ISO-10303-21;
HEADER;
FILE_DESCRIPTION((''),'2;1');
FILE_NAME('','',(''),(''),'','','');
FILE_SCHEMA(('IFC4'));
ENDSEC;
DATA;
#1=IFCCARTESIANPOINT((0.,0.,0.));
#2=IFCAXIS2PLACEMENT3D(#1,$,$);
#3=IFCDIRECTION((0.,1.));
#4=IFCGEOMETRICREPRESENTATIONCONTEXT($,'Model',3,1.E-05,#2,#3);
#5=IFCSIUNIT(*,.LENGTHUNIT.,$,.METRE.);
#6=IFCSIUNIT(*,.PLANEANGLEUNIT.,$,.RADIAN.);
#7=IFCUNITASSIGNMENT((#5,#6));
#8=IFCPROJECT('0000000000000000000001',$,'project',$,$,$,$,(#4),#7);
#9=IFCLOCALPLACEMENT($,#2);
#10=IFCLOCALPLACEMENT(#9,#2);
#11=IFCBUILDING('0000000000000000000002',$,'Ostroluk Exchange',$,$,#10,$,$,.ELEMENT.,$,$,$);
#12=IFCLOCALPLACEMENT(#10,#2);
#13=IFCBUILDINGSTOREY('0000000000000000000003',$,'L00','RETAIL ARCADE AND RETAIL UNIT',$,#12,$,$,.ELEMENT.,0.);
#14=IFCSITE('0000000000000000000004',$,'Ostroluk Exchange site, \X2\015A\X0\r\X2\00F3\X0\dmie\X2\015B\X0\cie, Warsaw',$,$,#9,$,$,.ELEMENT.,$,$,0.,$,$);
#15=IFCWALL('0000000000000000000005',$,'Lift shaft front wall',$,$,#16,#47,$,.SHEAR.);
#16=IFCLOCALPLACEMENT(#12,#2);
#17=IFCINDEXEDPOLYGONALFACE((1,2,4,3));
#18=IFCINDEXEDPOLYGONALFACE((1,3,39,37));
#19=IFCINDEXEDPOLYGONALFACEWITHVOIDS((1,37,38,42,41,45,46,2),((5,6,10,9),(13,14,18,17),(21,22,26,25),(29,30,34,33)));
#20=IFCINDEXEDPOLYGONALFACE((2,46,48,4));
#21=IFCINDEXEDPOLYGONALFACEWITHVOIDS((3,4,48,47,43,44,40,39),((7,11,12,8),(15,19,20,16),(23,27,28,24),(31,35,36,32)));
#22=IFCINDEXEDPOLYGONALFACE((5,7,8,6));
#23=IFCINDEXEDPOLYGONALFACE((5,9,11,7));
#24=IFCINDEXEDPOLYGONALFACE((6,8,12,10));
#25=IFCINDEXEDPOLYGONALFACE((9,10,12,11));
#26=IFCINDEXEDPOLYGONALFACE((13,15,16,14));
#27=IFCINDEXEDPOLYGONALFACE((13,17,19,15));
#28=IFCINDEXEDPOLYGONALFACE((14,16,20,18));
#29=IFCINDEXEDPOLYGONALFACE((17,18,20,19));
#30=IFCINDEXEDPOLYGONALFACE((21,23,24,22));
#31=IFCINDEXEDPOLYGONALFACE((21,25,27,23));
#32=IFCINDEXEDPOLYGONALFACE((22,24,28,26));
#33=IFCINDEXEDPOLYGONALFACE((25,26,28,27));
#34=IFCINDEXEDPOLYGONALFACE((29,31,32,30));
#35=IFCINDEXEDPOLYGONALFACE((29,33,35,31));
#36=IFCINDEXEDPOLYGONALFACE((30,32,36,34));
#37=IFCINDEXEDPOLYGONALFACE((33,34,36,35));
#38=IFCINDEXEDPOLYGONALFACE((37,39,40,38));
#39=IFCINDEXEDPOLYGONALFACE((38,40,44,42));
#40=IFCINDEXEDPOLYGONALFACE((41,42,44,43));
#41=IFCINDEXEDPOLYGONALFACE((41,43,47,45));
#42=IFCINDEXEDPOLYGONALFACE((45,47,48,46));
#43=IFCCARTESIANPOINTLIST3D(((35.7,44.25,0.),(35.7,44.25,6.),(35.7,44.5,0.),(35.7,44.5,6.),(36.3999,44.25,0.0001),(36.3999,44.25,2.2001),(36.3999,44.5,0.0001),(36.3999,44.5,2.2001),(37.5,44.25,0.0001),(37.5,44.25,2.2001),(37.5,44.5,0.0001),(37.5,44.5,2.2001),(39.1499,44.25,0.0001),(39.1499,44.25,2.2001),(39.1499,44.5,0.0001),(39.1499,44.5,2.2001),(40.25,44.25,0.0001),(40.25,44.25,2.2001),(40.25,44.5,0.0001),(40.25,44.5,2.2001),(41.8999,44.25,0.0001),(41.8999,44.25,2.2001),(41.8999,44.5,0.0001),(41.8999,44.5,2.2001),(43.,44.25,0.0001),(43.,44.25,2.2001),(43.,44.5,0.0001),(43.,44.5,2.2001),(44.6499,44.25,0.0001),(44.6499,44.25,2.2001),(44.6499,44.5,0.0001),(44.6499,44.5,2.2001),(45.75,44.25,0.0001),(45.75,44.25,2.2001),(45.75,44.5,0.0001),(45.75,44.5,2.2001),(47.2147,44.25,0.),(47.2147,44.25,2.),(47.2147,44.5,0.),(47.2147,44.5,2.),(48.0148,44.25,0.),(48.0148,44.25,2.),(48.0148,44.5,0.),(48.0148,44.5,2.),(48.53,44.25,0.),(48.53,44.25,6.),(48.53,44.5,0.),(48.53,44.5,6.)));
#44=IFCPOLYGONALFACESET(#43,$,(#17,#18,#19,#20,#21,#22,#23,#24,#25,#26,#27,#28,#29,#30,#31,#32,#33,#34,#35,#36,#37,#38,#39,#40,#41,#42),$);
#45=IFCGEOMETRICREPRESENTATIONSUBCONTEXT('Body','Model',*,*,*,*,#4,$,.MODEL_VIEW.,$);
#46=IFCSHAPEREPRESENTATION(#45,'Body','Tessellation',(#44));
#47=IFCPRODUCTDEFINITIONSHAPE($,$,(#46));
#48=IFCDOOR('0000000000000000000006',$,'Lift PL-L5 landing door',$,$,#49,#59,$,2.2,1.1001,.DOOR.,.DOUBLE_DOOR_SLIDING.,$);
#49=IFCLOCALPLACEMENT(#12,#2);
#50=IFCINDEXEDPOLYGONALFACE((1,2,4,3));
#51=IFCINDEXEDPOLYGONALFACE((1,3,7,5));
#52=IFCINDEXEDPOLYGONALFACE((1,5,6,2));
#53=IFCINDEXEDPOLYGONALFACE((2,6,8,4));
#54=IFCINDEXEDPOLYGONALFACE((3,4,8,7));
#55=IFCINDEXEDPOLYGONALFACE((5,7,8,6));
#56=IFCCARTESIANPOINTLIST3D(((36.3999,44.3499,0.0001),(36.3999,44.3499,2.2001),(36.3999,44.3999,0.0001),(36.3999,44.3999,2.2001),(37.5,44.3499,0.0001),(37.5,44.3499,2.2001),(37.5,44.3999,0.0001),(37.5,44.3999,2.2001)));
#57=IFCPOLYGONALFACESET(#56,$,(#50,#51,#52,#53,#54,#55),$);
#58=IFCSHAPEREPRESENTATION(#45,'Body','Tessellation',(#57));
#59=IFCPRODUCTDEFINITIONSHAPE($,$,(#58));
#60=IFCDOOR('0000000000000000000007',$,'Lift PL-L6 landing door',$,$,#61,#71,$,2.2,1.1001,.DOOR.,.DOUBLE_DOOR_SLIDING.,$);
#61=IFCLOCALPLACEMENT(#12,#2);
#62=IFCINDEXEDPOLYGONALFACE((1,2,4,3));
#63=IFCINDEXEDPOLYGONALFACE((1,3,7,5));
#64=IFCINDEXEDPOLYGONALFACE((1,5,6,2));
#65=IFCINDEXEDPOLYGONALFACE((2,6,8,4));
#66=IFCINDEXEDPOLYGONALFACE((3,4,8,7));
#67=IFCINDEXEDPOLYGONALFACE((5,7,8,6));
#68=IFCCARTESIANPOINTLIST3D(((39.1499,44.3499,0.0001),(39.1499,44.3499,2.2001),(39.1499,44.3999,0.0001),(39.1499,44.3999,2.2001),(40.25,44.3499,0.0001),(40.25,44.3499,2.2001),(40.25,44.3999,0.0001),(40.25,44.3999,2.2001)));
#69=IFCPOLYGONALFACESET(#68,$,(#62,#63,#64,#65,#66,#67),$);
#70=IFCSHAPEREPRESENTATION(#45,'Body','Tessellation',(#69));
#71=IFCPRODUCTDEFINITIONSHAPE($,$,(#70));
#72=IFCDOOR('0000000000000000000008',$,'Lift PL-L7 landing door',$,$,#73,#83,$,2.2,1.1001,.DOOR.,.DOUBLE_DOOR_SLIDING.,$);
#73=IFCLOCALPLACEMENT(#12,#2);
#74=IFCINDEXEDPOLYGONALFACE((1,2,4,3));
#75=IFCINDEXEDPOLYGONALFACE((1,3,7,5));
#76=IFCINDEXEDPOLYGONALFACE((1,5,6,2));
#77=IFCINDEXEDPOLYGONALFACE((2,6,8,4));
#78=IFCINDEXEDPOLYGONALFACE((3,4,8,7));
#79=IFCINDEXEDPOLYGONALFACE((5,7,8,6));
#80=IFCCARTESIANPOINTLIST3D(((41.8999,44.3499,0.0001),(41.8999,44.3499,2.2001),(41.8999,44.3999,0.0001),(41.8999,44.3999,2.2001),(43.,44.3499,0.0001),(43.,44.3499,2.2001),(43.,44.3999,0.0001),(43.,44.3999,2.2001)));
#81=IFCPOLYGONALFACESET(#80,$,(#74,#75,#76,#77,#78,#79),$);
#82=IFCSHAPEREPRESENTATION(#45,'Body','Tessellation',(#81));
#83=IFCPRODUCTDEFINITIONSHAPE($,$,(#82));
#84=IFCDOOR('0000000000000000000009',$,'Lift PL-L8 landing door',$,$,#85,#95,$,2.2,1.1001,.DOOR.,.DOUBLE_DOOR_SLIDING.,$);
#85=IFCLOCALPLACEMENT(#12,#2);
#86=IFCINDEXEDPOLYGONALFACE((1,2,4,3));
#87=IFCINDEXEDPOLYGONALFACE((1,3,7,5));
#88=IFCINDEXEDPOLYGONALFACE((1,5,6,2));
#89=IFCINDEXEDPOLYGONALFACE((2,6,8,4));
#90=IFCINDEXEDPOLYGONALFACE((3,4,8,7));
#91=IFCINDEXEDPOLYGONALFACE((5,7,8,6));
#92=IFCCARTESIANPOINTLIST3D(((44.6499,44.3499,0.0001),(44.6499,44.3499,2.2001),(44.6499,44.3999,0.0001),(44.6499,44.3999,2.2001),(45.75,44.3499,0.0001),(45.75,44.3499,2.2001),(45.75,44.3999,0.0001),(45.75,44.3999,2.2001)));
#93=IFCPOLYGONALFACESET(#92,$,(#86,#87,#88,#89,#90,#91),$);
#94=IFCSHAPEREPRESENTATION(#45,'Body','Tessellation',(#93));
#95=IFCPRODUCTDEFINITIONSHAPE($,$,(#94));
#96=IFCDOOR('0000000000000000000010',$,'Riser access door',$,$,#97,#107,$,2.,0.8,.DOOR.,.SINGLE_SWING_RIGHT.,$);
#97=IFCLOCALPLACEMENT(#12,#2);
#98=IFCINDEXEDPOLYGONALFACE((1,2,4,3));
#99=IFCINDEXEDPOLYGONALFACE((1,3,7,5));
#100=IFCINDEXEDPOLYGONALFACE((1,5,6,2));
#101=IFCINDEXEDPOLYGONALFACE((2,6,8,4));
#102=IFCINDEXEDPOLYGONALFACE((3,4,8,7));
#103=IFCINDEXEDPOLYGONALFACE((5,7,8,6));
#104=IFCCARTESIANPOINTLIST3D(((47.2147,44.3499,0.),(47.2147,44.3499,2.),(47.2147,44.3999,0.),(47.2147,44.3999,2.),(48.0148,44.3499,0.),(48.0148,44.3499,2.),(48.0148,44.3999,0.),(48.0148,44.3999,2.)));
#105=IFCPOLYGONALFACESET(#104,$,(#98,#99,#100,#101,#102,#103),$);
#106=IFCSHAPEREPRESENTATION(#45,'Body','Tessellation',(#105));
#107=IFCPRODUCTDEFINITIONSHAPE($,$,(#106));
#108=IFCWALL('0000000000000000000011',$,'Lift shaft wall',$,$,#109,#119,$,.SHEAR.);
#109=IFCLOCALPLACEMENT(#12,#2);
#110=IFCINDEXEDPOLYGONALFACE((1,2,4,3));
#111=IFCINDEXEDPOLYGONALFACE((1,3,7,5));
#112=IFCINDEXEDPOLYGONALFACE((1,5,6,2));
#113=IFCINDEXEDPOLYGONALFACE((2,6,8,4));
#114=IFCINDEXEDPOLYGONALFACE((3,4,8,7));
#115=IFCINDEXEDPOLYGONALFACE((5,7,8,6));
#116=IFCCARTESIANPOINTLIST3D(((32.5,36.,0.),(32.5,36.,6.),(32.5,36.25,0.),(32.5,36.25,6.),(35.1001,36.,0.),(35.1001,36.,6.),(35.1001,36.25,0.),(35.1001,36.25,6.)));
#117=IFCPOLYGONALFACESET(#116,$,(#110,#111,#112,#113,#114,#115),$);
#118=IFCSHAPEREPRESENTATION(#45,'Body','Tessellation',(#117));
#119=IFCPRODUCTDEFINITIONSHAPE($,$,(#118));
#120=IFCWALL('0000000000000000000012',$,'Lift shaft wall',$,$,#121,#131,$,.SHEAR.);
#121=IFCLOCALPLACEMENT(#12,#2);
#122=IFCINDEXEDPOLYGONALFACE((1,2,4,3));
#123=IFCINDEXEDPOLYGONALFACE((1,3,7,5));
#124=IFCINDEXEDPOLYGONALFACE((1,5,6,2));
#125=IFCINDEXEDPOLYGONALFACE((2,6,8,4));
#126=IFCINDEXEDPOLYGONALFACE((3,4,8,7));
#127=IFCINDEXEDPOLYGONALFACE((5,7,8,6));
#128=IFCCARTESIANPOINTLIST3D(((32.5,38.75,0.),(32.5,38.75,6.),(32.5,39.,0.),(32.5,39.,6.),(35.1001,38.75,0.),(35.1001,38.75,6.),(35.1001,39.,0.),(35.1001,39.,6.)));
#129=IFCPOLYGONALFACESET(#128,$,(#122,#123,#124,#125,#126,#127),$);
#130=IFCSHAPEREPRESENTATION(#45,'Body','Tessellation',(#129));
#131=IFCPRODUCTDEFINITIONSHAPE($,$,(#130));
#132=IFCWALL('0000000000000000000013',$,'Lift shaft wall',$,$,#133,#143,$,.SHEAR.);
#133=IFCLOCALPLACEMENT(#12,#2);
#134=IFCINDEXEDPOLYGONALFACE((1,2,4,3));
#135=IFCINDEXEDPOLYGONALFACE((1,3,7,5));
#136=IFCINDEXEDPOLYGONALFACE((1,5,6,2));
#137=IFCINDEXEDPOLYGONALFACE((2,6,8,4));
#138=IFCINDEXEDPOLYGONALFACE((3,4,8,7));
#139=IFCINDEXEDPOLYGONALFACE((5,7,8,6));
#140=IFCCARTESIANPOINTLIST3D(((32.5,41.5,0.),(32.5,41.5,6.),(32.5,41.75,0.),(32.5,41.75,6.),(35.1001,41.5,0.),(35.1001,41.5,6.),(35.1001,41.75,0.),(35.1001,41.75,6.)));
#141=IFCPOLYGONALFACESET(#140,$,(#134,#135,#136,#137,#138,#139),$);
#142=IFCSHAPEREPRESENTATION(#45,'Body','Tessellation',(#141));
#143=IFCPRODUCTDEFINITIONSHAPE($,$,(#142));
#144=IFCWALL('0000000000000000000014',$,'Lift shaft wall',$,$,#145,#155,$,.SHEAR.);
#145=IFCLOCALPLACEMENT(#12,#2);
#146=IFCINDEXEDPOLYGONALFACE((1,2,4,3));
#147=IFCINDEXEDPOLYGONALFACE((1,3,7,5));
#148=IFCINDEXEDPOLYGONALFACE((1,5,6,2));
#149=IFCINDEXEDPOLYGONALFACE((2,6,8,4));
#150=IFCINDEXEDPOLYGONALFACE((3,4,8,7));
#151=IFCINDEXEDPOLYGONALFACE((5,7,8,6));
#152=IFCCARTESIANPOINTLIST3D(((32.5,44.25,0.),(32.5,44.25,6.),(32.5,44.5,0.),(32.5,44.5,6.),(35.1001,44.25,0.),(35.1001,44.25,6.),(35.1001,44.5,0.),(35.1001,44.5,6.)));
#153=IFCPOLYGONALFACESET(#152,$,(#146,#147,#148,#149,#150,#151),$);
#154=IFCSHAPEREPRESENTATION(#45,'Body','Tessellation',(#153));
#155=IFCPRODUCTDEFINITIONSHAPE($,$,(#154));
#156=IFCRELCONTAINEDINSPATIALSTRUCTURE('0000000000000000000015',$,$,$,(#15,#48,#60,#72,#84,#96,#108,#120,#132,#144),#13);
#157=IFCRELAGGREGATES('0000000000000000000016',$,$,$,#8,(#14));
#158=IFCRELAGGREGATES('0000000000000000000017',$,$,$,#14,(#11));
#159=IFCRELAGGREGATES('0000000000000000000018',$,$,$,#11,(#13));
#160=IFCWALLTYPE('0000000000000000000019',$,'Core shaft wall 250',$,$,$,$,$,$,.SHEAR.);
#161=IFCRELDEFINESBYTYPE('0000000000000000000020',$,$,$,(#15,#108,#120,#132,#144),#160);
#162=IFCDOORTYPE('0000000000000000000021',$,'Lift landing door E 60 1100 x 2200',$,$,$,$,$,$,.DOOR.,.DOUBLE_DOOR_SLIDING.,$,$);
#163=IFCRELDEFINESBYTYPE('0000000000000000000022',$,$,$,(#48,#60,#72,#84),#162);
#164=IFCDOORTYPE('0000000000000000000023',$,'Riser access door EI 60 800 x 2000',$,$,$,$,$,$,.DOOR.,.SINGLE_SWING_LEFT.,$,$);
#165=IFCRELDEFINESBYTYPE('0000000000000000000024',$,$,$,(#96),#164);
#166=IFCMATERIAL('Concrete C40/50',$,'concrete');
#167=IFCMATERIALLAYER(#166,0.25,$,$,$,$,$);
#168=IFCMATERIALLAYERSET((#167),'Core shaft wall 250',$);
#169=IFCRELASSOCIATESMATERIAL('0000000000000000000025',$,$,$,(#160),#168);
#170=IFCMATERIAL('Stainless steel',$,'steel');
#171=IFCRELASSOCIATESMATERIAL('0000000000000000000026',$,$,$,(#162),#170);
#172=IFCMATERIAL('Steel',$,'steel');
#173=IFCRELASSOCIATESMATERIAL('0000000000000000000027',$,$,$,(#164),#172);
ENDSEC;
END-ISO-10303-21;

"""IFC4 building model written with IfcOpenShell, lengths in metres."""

from ifc_helpers import new_model, si_unit, direction, frame, frame_2d, origin, place, context, subcontext, project, spatial, rectangle, extrude, material, layer, layer_set, type_object, element, fill, save


model = new_model("IFC4")

# Units and contexts
model_context = context("Model", 3, precision=1e-05, world=origin(), true_north=direction((0.0, 1.0)))
body_context = subcontext(model_context, "Body", "Model", "MODEL_VIEW")
ifc_project = project(units=[si_unit("LENGTHUNIT", "METRE"), si_unit("PLANEANGLEUNIT", "RADIAN")], contexts=[model_context])

# Site, building, storey
site_placement = place(None, origin())
site = spatial("IfcSite", under=ifc_project, at=site_placement, Name="Ostroluk Exchange site, Śródmieście, Warsaw", CompositionType="ELEMENT", RefElevation=0.0)
building_placement = place(site_placement, origin())
building = spatial("IfcBuilding", under=site, at=building_placement, Name="Ostroluk Exchange", CompositionType="ELEMENT")
storey_placement = place(building_placement, origin())
storey = spatial("IfcBuildingStorey", under=building, at=storey_placement, Name="L00", Description="RETAIL ARCADE AND RETAIL UNIT", CompositionType="ELEMENT", Elevation=0.0)

# Shared definitions
ifc_material_1 = material(Name="Concrete C40/50", Category="concrete")
ifc_layer_1 = layer(ifc_material_1, 0.25)
ifc_layer_set_1 = layer_set([ifc_layer_1], Name="Core shaft wall 250")
wall_type_1 = type_object("IfcWallType", Name="Core shaft wall 250", PredefinedType="SHEAR", material=ifc_layer_set_1)

# Wall, openings, doors
wall_1_placement = place(storey_placement, frame((35.7, 44.375, 0.0), z_axis=(0.0, 0.0, 1.0), x_axis=(1.0, 0.0, 0.0)))
wall_1 = element("IfcWall", 1, at=wall_1_placement, inside=storey, type_object=wall_type_1, Name="Lift shaft front wall", PredefinedType="SHEAR", context=body_context, shape_type="SweptSolid", body=[
    extrude(rectangle(XDim=12.8301, YDim=0.25, at=frame_2d((6.415, 0.0))), origin(), (0.0, 0.0, 1.0), 6.0),
])
opening_1_placement = place(wall_1_placement, frame((0.7, 0.0, 0.0)))
opening_1 = element("IfcOpeningElement", 2, at=opening_1_placement, cuts=wall_1, PredefinedType="OPENING", context=body_context, shape_type="SweptSolid", body=[
    extrude(rectangle(XDim=1.1001, YDim=2.2, at=frame_2d((0.55, 1.1001))), frame((0.0, 0.135, 0.0), z_axis=(0.0, -1.0, 0.0), x_axis=(1.0, 0.0, 0.0)), (0.0, 0.0, 1.0), 0.27),
])
opening_2_placement = place(wall_1_placement, frame((3.45, 0.0, 0.0)))
opening_2 = element("IfcOpeningElement", 3, at=opening_2_placement, cuts=wall_1, PredefinedType="OPENING", context=body_context, shape_type="SweptSolid", body=[
    extrude(rectangle(XDim=1.1001, YDim=2.2, at=frame_2d((0.55, 1.1001))), frame((0.0, 0.135, 0.0), z_axis=(0.0, -1.0, 0.0), x_axis=(1.0, 0.0, 0.0)), (0.0, 0.0, 1.0), 0.27),
])
opening_3_placement = place(wall_1_placement, frame((6.2, 0.0, 0.0)))
opening_3 = element("IfcOpeningElement", 4, at=opening_3_placement, cuts=wall_1, PredefinedType="OPENING", context=body_context, shape_type="SweptSolid", body=[
    extrude(rectangle(XDim=1.1001, YDim=2.2, at=frame_2d((0.55, 1.1001))), frame((0.0, 0.135, 0.0), z_axis=(0.0, -1.0, 0.0), x_axis=(1.0, 0.0, 0.0)), (0.0, 0.0, 1.0), 0.27),
])
opening_4_placement = place(wall_1_placement, frame((8.95, 0.0, 0.0)))
opening_4 = element("IfcOpeningElement", 5, at=opening_4_placement, cuts=wall_1, PredefinedType="OPENING", context=body_context, shape_type="SweptSolid", body=[
    extrude(rectangle(XDim=1.1001, YDim=2.2, at=frame_2d((0.55, 1.1001))), frame((0.0, 0.135, 0.0), z_axis=(0.0, -1.0, 0.0), x_axis=(1.0, 0.0, 0.0)), (0.0, 0.0, 1.0), 0.27),
])
opening_5_placement = place(wall_1_placement, frame((11.5149, 0.0, 0.0)))
opening_5 = element("IfcOpeningElement", 6, at=opening_5_placement, cuts=wall_1, PredefinedType="OPENING", context=body_context, shape_type="SweptSolid", body=[
    extrude(rectangle(XDim=0.8, YDim=2.0, at=frame_2d((0.3999, 1.0))), frame((0.0, 0.135, 0.0), z_axis=(0.0, -1.0, 0.0), x_axis=(1.0, 0.0, 0.0)), (0.0, 0.0, 1.0), 0.27),
])
ifc_material_2 = material(Name="Stainless steel", Category="steel")
door_type_1 = type_object("IfcDoorType", Name="Lift landing door E 60 1100 x 2200", OperationType="DOUBLE_DOOR_SLIDING", PredefinedType="DOOR", material=ifc_material_2)
door_1_placement = place(opening_1_placement, origin())
door_1 = element("IfcDoor", 7, at=door_1_placement, inside=storey, type_object=door_type_1, Name="Lift PL-L5 landing door", OperationType="DOUBLE_DOOR_SLIDING", OverallHeight=2.2, OverallWidth=1.1001, PredefinedType="DOOR", context=body_context, shape_type="SweptSolid", body=[
    extrude(rectangle(XDim=1.1001, YDim=2.2, at=frame_2d((0.55, 1.1001))), frame((0.0, 0.0249, 0.0), z_axis=(0.0, -1.0, 0.0), x_axis=(1.0, 0.0, 0.0)), (0.0, 0.0, 1.0), 0.05),
])
fill(opening_1, door_1)
door_2_placement = place(opening_2_placement, origin())
door_2 = element("IfcDoor", 8, at=door_2_placement, inside=storey, type_object=door_type_1, Name="Lift PL-L6 landing door", OperationType="DOUBLE_DOOR_SLIDING", OverallHeight=2.2, OverallWidth=1.1001, PredefinedType="DOOR", context=body_context, shape_type="SweptSolid", body=[
    extrude(rectangle(XDim=1.1001, YDim=2.2, at=frame_2d((0.55, 1.1001))), frame((0.0, 0.0249, 0.0), z_axis=(0.0, -1.0, 0.0), x_axis=(1.0, 0.0, 0.0)), (0.0, 0.0, 1.0), 0.05),
])
fill(opening_2, door_2)
door_3_placement = place(opening_3_placement, origin())
door_3 = element("IfcDoor", 9, at=door_3_placement, inside=storey, type_object=door_type_1, Name="Lift PL-L7 landing door", OperationType="DOUBLE_DOOR_SLIDING", OverallHeight=2.2, OverallWidth=1.1001, PredefinedType="DOOR", context=body_context, shape_type="SweptSolid", body=[
    extrude(rectangle(XDim=1.1001, YDim=2.2, at=frame_2d((0.55, 1.1001))), frame((0.0, 0.0249, 0.0), z_axis=(0.0, -1.0, 0.0), x_axis=(1.0, 0.0, 0.0)), (0.0, 0.0, 1.0), 0.05),
])
fill(opening_3, door_3)
door_4_placement = place(opening_4_placement, origin())
door_4 = element("IfcDoor", 10, at=door_4_placement, inside=storey, type_object=door_type_1, Name="Lift PL-L8 landing door", OperationType="DOUBLE_DOOR_SLIDING", OverallHeight=2.2, OverallWidth=1.1001, PredefinedType="DOOR", context=body_context, shape_type="SweptSolid", body=[
    extrude(rectangle(XDim=1.1001, YDim=2.2, at=frame_2d((0.55, 1.1001))), frame((0.0, 0.0249, 0.0), z_axis=(0.0, -1.0, 0.0), x_axis=(1.0, 0.0, 0.0)), (0.0, 0.0, 1.0), 0.05),
])
fill(opening_4, door_4)
ifc_material_3 = material(Name="Steel", Category="steel")
door_type_2 = type_object("IfcDoorType", Name="Riser access door EI 60 800 x 2000", OperationType="SINGLE_SWING_LEFT", PredefinedType="DOOR", material=ifc_material_3)
door_5_placement = place(opening_5_placement, origin())
door_5 = element("IfcDoor", 11, at=door_5_placement, inside=storey, type_object=door_type_2, Name="Riser access door", OperationType="SINGLE_SWING_RIGHT", OverallHeight=2.0, OverallWidth=0.8, PredefinedType="DOOR", context=body_context, shape_type="SweptSolid", body=[
    extrude(rectangle(XDim=0.8, YDim=2.0, at=frame_2d((0.3999, 1.0))), frame((0.0, 0.0249, 0.0), z_axis=(0.0, -1.0, 0.0), x_axis=(1.0, 0.0, 0.0)), (0.0, 0.0, 1.0), 0.05),
])
fill(opening_5, door_5)

# Walls
for number, where, z_axis, x_axis, name in (
    (12, (32.5, 36.125, 0.0), (0.0, 0.0, 1.0), (1.0, 0.0, 0.0), "Lift shaft wall"),
    (13, (32.5, 38.875, 0.0), (0.0, 0.0, 1.0), (1.0, 0.0, 0.0), "Lift shaft wall"),
    (14, (32.5, 41.625, 0.0), (0.0, 0.0, 1.0), (1.0, 0.0, 0.0), "Lift shaft wall"),
    (15, (32.5, 44.375, 0.0), (0.0, 0.0, 1.0), (1.0, 0.0, 0.0), "Lift shaft wall"),
):
    element("IfcWall", number, at=place(storey_placement, frame(where, z_axis=z_axis, x_axis=x_axis)), inside=storey, type_object=wall_type_1, Name=name, PredefinedType="SHEAR", context=body_context, shape_type="SweptSolid", body=[
        extrude(rectangle(XDim=2.6001, YDim=0.25, at=frame_2d((1.3, 0.0))), origin(), (0.0, 0.0, 1.0), 6.0),
    ])

save(model, "model.ifc")
